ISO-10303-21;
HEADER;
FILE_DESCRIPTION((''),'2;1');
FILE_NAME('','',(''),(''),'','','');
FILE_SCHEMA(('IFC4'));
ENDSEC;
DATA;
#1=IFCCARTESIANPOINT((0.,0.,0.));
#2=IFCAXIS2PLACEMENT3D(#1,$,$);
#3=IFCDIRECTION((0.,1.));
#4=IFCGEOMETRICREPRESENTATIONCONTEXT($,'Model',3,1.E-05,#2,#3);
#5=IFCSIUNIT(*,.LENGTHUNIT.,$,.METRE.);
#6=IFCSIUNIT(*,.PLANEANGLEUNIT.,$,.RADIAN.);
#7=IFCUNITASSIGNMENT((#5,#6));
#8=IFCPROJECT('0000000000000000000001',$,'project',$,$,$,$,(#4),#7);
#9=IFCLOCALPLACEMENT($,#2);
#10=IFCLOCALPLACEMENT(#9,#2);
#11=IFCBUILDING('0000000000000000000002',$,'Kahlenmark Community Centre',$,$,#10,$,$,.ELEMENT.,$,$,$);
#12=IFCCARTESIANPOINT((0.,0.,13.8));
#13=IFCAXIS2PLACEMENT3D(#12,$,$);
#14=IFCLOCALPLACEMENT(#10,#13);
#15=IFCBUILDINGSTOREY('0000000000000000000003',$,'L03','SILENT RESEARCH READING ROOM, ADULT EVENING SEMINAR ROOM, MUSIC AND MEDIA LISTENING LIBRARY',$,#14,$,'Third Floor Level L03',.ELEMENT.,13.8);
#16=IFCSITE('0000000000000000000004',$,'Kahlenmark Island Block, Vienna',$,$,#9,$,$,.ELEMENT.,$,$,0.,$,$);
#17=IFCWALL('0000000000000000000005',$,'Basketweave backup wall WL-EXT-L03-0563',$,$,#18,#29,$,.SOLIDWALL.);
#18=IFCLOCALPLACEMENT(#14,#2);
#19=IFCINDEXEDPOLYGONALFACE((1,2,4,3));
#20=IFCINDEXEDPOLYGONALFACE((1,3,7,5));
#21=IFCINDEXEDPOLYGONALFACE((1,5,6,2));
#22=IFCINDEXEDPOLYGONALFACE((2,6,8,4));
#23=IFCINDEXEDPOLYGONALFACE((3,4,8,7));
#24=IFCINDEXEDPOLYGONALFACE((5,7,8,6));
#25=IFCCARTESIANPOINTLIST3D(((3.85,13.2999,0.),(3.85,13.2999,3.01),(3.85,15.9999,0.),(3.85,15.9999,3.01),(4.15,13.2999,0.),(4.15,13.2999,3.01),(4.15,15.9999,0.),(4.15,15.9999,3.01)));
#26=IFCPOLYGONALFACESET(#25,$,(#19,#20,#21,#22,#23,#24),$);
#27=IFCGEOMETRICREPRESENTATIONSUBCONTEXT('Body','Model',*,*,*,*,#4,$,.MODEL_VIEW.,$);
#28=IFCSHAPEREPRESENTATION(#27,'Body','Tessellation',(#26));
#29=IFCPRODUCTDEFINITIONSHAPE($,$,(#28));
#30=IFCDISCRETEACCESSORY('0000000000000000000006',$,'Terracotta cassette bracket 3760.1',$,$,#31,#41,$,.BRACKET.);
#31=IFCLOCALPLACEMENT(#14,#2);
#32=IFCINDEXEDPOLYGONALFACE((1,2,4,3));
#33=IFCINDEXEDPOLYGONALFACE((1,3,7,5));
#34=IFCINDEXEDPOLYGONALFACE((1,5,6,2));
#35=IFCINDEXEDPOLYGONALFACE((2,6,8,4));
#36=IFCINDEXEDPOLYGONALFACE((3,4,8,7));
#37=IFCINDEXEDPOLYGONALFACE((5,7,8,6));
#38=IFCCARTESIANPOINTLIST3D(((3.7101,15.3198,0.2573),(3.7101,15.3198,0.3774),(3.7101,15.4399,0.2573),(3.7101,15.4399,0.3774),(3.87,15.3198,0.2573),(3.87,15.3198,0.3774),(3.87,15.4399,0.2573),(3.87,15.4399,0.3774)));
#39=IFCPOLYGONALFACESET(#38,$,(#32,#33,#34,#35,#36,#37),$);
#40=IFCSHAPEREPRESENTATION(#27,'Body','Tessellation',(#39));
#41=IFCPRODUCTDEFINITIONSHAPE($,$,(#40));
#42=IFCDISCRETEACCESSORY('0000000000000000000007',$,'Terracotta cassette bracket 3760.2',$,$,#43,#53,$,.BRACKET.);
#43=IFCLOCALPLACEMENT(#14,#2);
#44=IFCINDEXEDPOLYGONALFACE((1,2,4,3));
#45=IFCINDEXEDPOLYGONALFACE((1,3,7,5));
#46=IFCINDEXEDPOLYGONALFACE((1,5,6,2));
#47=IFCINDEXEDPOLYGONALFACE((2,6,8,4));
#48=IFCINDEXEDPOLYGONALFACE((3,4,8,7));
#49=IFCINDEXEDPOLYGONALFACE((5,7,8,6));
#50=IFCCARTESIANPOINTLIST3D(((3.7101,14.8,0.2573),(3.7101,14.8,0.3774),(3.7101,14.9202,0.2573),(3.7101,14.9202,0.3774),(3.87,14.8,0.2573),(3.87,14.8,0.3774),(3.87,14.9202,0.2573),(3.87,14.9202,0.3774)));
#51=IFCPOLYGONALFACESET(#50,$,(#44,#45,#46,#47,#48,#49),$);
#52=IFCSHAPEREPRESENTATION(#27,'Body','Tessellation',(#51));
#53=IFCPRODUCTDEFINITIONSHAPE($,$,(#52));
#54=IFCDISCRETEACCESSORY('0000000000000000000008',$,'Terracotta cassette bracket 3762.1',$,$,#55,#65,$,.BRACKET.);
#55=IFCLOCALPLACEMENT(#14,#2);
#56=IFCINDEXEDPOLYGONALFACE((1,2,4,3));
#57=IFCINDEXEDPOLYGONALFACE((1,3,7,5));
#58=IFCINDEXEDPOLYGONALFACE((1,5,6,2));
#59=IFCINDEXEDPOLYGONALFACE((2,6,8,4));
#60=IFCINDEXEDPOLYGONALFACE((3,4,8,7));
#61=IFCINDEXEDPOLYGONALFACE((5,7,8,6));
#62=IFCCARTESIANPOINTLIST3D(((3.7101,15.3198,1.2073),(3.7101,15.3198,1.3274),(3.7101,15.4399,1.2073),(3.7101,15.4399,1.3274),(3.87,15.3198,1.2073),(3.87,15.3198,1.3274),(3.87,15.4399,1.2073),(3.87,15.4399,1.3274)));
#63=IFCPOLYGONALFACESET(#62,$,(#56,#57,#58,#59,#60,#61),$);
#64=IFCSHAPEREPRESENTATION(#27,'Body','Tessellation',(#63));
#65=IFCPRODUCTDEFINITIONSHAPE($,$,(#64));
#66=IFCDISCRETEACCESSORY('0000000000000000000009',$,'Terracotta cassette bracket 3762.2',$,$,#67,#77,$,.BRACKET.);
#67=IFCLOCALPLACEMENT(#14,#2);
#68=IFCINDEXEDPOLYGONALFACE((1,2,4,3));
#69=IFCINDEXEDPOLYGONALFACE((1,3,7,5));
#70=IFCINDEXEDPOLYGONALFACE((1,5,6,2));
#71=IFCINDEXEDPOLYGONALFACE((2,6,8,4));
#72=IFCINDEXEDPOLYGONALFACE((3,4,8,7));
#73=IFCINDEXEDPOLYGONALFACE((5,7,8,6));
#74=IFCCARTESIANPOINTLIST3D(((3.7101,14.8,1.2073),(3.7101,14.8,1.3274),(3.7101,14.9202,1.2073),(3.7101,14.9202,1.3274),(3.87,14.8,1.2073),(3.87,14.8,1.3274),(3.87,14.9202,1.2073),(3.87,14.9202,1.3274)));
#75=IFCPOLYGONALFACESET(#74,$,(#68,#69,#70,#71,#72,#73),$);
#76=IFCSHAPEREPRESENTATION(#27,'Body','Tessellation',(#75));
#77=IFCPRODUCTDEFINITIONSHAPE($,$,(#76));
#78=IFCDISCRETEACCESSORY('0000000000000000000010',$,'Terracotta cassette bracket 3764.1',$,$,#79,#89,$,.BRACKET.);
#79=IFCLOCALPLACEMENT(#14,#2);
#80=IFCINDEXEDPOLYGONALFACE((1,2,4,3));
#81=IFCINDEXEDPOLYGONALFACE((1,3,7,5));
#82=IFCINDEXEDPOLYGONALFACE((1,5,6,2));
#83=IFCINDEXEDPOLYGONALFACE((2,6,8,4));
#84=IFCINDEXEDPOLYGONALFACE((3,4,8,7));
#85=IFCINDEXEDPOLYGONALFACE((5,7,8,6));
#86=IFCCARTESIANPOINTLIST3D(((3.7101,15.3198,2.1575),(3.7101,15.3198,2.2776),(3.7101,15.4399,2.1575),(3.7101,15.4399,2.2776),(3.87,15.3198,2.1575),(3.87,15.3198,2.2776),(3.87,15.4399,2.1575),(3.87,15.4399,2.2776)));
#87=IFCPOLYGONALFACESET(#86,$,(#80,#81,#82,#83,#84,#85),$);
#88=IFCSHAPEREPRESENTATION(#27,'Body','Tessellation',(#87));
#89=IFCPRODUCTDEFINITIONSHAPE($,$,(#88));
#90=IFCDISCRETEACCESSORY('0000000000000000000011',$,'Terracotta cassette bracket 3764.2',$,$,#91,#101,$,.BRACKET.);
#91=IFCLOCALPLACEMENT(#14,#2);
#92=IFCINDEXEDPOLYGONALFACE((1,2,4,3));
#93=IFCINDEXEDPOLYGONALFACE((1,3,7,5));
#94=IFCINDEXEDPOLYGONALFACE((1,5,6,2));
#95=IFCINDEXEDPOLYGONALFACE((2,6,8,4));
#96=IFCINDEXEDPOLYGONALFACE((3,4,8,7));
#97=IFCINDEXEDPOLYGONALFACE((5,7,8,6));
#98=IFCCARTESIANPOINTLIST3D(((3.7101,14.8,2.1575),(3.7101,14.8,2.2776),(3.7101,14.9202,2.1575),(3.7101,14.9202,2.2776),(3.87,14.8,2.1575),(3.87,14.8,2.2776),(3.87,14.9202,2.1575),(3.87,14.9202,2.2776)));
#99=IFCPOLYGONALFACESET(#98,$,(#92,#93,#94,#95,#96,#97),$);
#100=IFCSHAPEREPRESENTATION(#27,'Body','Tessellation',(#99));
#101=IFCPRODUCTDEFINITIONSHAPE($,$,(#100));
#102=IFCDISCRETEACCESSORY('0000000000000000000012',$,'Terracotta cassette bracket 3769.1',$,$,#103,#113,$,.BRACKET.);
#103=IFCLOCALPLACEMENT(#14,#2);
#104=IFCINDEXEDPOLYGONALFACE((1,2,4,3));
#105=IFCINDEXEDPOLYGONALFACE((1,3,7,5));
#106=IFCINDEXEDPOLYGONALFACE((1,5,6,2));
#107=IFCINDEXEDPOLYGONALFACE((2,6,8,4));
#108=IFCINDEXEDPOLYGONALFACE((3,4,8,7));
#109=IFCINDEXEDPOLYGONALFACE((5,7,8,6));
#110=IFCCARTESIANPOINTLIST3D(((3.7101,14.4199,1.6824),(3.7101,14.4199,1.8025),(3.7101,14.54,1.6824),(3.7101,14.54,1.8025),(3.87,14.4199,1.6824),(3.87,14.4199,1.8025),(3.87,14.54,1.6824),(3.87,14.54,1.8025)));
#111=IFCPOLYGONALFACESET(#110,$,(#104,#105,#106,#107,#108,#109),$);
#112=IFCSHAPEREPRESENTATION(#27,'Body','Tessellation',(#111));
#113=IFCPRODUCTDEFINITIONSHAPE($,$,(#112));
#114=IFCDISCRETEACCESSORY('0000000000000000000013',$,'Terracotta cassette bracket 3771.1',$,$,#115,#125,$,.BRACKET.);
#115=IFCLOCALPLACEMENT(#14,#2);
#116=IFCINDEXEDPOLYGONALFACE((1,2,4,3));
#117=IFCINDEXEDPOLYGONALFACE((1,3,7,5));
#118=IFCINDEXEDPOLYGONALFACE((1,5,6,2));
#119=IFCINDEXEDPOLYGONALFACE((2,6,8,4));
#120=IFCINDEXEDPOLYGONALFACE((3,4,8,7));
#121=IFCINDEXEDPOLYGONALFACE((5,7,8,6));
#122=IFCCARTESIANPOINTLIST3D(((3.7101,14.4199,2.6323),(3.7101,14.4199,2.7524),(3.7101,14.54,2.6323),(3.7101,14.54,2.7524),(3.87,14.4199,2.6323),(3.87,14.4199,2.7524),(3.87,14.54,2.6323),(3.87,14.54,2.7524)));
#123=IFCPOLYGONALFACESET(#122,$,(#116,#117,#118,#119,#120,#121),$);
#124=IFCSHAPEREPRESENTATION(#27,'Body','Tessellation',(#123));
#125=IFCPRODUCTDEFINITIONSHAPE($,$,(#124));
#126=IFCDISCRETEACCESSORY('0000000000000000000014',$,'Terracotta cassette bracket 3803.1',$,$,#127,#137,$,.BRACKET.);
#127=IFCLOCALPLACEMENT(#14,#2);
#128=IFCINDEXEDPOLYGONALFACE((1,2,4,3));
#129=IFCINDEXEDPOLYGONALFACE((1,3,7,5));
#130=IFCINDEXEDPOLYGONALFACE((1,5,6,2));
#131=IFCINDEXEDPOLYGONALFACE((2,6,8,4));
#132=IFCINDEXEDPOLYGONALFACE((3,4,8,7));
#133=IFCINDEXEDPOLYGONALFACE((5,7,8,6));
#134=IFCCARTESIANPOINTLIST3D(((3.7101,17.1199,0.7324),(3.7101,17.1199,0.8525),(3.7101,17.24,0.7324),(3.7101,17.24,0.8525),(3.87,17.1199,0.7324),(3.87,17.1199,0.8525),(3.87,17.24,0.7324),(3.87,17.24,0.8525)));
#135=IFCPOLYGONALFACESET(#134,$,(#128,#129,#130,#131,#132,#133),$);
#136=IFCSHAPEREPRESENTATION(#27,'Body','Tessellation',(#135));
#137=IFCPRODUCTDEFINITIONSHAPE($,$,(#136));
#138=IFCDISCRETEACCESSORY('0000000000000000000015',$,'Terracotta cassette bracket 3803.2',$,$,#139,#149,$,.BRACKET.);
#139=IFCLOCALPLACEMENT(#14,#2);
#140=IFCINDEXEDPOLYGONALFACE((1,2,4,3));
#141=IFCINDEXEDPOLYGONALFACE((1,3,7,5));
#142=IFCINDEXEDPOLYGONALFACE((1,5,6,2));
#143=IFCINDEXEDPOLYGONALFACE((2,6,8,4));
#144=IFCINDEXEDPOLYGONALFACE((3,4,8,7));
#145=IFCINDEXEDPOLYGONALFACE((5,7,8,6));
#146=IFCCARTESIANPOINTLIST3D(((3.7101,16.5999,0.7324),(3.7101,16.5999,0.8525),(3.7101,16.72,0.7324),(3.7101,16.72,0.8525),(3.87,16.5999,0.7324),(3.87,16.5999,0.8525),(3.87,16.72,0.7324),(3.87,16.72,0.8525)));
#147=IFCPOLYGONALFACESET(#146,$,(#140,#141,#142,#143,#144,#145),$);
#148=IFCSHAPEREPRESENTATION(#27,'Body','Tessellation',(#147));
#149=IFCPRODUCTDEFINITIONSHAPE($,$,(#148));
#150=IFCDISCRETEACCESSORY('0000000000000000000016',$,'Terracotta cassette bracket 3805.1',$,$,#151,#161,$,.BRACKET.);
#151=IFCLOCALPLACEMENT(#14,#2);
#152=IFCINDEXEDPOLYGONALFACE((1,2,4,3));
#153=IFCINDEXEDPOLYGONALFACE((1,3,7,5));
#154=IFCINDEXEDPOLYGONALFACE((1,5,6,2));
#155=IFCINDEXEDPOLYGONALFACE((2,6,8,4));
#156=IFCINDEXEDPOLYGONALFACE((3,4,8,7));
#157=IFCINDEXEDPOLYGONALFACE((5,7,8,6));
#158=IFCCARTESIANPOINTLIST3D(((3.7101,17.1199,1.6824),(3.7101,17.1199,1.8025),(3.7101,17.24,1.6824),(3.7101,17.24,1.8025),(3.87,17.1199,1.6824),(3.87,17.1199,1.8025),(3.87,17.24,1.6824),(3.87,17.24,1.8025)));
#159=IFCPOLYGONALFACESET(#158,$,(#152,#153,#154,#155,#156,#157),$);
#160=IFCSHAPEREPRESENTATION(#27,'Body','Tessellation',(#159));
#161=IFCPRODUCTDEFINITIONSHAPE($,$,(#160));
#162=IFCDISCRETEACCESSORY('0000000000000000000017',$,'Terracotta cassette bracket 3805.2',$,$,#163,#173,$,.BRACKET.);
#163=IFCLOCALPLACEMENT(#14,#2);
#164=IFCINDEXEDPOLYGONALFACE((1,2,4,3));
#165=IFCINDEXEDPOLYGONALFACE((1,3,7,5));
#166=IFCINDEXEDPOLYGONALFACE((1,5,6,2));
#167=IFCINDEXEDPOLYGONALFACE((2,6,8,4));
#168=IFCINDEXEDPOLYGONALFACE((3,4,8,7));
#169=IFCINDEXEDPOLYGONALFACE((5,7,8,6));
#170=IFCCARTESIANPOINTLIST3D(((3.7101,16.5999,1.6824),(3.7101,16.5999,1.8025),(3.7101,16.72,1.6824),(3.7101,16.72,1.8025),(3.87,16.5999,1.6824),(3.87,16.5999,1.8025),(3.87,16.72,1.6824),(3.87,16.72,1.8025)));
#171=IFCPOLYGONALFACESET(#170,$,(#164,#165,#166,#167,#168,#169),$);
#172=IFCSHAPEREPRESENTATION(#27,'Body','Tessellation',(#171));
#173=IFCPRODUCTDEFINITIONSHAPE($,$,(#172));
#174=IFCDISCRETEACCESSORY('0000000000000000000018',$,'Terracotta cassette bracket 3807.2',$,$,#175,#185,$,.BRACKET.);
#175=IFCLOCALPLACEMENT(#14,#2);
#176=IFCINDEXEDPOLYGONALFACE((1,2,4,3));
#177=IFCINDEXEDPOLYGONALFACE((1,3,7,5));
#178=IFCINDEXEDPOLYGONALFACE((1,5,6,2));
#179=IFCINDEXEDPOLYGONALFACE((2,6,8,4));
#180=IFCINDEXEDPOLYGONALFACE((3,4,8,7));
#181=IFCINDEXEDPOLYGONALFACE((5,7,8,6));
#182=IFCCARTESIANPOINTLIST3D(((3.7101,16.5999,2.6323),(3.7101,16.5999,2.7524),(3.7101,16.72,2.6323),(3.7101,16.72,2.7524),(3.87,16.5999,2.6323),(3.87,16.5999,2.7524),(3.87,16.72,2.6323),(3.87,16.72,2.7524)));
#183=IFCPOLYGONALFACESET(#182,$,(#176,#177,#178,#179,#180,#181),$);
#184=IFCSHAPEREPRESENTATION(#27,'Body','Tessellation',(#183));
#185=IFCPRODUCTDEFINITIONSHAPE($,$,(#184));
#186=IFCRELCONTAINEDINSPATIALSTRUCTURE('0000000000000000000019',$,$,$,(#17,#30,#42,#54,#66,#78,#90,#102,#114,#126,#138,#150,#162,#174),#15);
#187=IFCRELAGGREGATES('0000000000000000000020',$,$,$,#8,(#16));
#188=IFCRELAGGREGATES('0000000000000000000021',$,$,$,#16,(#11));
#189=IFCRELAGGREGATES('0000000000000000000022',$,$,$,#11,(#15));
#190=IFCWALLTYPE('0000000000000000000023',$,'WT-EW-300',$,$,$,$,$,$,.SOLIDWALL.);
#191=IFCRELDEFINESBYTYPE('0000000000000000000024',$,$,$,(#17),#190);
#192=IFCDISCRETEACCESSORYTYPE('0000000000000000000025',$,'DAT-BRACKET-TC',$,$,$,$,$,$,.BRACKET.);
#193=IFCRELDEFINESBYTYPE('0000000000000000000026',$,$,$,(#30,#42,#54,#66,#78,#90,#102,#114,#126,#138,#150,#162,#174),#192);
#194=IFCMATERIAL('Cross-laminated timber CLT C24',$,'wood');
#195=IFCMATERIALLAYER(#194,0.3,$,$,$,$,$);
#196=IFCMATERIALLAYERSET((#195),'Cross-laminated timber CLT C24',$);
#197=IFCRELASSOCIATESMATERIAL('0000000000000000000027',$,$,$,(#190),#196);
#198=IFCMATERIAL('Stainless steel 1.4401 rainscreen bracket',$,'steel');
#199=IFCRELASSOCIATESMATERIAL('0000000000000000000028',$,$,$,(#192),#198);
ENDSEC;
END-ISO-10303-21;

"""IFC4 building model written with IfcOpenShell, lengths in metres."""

from ifc_helpers import new_model, si_unit, direction, frame, frame_2d, origin, origin_2d, place, context, subcontext, project, spatial, rectangle, extrude, material, layer, layer_set, type_object, element, save


model = new_model("IFC4")

# Units and contexts
model_context = context("Model", 3, precision=1e-05, world=origin(), true_north=direction((0.0, 1.0)))
body_context = subcontext(model_context, "Body", "Model", "MODEL_VIEW")
ifc_project = project(units=[si_unit("LENGTHUNIT", "METRE"), si_unit("PLANEANGLEUNIT", "RADIAN")], contexts=[model_context])

# Site, building, storey
site_placement = place(None, origin())
site = spatial("IfcSite", under=ifc_project, at=site_placement, Name="Kahlenmark Island Block, Vienna", CompositionType="ELEMENT", RefElevation=0.0)
building_placement = place(site_placement, origin())
building = spatial("IfcBuilding", under=site, at=building_placement, Name="Kahlenmark Community Centre", CompositionType="ELEMENT")
storey_placement = place(building_placement, frame((0.0, 0.0, 13.8)))
storey = spatial("IfcBuildingStorey", under=building, at=storey_placement, Name="L03", Description="SILENT RESEARCH READING ROOM, ADULT EVENING SEMINAR ROOM, MUSIC AND MEDIA LISTENING LIBRARY", LongName="Third Floor Level L03", CompositionType="ELEMENT", Elevation=13.8)

# Wall
ifc_material_1 = material(Name="Cross-laminated timber CLT C24", Category="wood")
ifc_layer_1 = layer(ifc_material_1, 0.3)
ifc_layer_set_1 = layer_set([ifc_layer_1], Name="Cross-laminated timber CLT C24")
wall_type = type_object("IfcWallType", Name="WT-EW-300", PredefinedType="SOLIDWALL", material=ifc_layer_set_1)
wall_placement = place(storey_placement, frame((4.0, 16.0, 0.0), z_axis=(0.0, 0.0, 1.0), x_axis=(0.0, -1.0, 0.0)))
element("IfcWall", 1, at=wall_placement, inside=storey, type_object=wall_type, Name="Basketweave backup wall WL-EXT-L03-0563", PredefinedType="SOLIDWALL", context=body_context, shape_type="SweptSolid", body=[
    extrude(rectangle(XDim=2.7, YDim=0.3, at=frame_2d((1.3501, 0.0))), origin(), (0.0, 0.0, 1.0), 3.01),
])

# Discrete accessories
ifc_material_2 = material(Name="Stainless steel 1.4401 rainscreen bracket", Category="steel")
discrete_accessory_type = type_object("IfcDiscreteAccessoryType", Name="DAT-BRACKET-TC", PredefinedType="BRACKET", material=ifc_material_2)
for number, where, z_axis, x_axis, name in (
    (2, (3.79, 15.3799, 0.2573), (0.0, 0.0, 1.0), (0.0, -1.0, 0.0), "Terracotta cassette bracket 3760.1"),
    (3, (3.79, 14.8601, 0.2573), (0.0, 0.0, 1.0), (0.0, -1.0, 0.0), "Terracotta cassette bracket 3760.2"),
    (4, (3.79, 15.3799, 1.2073), (0.0, 0.0, 1.0), (0.0, -1.0, 0.0), "Terracotta cassette bracket 3762.1"),
    (5, (3.79, 14.8601, 1.2073), (0.0, 0.0, 1.0), (0.0, -1.0, 0.0), "Terracotta cassette bracket 3762.2"),
    (6, (3.79, 15.3799, 2.1575), (0.0, 0.0, 1.0), (0.0, -1.0, 0.0), "Terracotta cassette bracket 3764.1"),
    (7, (3.79, 14.8601, 2.1575), (0.0, 0.0, 1.0), (0.0, -1.0, 0.0), "Terracotta cassette bracket 3764.2"),
    (8, (3.79, 14.48, 1.6824), (0.0, 0.0, 1.0), (0.0, -1.0, 0.0), "Terracotta cassette bracket 3769.1"),
    (9, (3.79, 14.48, 2.6323), (0.0, 0.0, 1.0), (0.0, -1.0, 0.0), "Terracotta cassette bracket 3771.1"),
    (10, (3.79, 17.1799, 0.7324), (0.0, 0.0, 1.0), (0.0, -1.0, 0.0), "Terracotta cassette bracket 3803.1"),
    (11, (3.79, 16.6599, 0.7324), (0.0, 0.0, 1.0), (0.0, -1.0, 0.0), "Terracotta cassette bracket 3803.2"),
    (12, (3.79, 17.1799, 1.6824), (0.0, 0.0, 1.0), (0.0, -1.0, 0.0), "Terracotta cassette bracket 3805.1"),
    (13, (3.79, 16.6599, 1.6824), (0.0, 0.0, 1.0), (0.0, -1.0, 0.0), "Terracotta cassette bracket 3805.2"),
    (14, (3.79, 16.6599, 2.6323), (0.0, 0.0, 1.0), (0.0, -1.0, 0.0), "Terracotta cassette bracket 3807.2"),
):
    element("IfcDiscreteAccessory", number, at=place(storey_placement, frame(where, z_axis=z_axis, x_axis=x_axis)), inside=storey, type_object=discrete_accessory_type, Name=name, PredefinedType="BRACKET", context=body_context, shape_type="SweptSolid", body=[
        extrude(rectangle(XDim=0.1201, YDim=0.1599, at=origin_2d()), origin(), (0.0, 0.0, 1.0), 0.1201),
    ])

save(model, "model.ifc")
